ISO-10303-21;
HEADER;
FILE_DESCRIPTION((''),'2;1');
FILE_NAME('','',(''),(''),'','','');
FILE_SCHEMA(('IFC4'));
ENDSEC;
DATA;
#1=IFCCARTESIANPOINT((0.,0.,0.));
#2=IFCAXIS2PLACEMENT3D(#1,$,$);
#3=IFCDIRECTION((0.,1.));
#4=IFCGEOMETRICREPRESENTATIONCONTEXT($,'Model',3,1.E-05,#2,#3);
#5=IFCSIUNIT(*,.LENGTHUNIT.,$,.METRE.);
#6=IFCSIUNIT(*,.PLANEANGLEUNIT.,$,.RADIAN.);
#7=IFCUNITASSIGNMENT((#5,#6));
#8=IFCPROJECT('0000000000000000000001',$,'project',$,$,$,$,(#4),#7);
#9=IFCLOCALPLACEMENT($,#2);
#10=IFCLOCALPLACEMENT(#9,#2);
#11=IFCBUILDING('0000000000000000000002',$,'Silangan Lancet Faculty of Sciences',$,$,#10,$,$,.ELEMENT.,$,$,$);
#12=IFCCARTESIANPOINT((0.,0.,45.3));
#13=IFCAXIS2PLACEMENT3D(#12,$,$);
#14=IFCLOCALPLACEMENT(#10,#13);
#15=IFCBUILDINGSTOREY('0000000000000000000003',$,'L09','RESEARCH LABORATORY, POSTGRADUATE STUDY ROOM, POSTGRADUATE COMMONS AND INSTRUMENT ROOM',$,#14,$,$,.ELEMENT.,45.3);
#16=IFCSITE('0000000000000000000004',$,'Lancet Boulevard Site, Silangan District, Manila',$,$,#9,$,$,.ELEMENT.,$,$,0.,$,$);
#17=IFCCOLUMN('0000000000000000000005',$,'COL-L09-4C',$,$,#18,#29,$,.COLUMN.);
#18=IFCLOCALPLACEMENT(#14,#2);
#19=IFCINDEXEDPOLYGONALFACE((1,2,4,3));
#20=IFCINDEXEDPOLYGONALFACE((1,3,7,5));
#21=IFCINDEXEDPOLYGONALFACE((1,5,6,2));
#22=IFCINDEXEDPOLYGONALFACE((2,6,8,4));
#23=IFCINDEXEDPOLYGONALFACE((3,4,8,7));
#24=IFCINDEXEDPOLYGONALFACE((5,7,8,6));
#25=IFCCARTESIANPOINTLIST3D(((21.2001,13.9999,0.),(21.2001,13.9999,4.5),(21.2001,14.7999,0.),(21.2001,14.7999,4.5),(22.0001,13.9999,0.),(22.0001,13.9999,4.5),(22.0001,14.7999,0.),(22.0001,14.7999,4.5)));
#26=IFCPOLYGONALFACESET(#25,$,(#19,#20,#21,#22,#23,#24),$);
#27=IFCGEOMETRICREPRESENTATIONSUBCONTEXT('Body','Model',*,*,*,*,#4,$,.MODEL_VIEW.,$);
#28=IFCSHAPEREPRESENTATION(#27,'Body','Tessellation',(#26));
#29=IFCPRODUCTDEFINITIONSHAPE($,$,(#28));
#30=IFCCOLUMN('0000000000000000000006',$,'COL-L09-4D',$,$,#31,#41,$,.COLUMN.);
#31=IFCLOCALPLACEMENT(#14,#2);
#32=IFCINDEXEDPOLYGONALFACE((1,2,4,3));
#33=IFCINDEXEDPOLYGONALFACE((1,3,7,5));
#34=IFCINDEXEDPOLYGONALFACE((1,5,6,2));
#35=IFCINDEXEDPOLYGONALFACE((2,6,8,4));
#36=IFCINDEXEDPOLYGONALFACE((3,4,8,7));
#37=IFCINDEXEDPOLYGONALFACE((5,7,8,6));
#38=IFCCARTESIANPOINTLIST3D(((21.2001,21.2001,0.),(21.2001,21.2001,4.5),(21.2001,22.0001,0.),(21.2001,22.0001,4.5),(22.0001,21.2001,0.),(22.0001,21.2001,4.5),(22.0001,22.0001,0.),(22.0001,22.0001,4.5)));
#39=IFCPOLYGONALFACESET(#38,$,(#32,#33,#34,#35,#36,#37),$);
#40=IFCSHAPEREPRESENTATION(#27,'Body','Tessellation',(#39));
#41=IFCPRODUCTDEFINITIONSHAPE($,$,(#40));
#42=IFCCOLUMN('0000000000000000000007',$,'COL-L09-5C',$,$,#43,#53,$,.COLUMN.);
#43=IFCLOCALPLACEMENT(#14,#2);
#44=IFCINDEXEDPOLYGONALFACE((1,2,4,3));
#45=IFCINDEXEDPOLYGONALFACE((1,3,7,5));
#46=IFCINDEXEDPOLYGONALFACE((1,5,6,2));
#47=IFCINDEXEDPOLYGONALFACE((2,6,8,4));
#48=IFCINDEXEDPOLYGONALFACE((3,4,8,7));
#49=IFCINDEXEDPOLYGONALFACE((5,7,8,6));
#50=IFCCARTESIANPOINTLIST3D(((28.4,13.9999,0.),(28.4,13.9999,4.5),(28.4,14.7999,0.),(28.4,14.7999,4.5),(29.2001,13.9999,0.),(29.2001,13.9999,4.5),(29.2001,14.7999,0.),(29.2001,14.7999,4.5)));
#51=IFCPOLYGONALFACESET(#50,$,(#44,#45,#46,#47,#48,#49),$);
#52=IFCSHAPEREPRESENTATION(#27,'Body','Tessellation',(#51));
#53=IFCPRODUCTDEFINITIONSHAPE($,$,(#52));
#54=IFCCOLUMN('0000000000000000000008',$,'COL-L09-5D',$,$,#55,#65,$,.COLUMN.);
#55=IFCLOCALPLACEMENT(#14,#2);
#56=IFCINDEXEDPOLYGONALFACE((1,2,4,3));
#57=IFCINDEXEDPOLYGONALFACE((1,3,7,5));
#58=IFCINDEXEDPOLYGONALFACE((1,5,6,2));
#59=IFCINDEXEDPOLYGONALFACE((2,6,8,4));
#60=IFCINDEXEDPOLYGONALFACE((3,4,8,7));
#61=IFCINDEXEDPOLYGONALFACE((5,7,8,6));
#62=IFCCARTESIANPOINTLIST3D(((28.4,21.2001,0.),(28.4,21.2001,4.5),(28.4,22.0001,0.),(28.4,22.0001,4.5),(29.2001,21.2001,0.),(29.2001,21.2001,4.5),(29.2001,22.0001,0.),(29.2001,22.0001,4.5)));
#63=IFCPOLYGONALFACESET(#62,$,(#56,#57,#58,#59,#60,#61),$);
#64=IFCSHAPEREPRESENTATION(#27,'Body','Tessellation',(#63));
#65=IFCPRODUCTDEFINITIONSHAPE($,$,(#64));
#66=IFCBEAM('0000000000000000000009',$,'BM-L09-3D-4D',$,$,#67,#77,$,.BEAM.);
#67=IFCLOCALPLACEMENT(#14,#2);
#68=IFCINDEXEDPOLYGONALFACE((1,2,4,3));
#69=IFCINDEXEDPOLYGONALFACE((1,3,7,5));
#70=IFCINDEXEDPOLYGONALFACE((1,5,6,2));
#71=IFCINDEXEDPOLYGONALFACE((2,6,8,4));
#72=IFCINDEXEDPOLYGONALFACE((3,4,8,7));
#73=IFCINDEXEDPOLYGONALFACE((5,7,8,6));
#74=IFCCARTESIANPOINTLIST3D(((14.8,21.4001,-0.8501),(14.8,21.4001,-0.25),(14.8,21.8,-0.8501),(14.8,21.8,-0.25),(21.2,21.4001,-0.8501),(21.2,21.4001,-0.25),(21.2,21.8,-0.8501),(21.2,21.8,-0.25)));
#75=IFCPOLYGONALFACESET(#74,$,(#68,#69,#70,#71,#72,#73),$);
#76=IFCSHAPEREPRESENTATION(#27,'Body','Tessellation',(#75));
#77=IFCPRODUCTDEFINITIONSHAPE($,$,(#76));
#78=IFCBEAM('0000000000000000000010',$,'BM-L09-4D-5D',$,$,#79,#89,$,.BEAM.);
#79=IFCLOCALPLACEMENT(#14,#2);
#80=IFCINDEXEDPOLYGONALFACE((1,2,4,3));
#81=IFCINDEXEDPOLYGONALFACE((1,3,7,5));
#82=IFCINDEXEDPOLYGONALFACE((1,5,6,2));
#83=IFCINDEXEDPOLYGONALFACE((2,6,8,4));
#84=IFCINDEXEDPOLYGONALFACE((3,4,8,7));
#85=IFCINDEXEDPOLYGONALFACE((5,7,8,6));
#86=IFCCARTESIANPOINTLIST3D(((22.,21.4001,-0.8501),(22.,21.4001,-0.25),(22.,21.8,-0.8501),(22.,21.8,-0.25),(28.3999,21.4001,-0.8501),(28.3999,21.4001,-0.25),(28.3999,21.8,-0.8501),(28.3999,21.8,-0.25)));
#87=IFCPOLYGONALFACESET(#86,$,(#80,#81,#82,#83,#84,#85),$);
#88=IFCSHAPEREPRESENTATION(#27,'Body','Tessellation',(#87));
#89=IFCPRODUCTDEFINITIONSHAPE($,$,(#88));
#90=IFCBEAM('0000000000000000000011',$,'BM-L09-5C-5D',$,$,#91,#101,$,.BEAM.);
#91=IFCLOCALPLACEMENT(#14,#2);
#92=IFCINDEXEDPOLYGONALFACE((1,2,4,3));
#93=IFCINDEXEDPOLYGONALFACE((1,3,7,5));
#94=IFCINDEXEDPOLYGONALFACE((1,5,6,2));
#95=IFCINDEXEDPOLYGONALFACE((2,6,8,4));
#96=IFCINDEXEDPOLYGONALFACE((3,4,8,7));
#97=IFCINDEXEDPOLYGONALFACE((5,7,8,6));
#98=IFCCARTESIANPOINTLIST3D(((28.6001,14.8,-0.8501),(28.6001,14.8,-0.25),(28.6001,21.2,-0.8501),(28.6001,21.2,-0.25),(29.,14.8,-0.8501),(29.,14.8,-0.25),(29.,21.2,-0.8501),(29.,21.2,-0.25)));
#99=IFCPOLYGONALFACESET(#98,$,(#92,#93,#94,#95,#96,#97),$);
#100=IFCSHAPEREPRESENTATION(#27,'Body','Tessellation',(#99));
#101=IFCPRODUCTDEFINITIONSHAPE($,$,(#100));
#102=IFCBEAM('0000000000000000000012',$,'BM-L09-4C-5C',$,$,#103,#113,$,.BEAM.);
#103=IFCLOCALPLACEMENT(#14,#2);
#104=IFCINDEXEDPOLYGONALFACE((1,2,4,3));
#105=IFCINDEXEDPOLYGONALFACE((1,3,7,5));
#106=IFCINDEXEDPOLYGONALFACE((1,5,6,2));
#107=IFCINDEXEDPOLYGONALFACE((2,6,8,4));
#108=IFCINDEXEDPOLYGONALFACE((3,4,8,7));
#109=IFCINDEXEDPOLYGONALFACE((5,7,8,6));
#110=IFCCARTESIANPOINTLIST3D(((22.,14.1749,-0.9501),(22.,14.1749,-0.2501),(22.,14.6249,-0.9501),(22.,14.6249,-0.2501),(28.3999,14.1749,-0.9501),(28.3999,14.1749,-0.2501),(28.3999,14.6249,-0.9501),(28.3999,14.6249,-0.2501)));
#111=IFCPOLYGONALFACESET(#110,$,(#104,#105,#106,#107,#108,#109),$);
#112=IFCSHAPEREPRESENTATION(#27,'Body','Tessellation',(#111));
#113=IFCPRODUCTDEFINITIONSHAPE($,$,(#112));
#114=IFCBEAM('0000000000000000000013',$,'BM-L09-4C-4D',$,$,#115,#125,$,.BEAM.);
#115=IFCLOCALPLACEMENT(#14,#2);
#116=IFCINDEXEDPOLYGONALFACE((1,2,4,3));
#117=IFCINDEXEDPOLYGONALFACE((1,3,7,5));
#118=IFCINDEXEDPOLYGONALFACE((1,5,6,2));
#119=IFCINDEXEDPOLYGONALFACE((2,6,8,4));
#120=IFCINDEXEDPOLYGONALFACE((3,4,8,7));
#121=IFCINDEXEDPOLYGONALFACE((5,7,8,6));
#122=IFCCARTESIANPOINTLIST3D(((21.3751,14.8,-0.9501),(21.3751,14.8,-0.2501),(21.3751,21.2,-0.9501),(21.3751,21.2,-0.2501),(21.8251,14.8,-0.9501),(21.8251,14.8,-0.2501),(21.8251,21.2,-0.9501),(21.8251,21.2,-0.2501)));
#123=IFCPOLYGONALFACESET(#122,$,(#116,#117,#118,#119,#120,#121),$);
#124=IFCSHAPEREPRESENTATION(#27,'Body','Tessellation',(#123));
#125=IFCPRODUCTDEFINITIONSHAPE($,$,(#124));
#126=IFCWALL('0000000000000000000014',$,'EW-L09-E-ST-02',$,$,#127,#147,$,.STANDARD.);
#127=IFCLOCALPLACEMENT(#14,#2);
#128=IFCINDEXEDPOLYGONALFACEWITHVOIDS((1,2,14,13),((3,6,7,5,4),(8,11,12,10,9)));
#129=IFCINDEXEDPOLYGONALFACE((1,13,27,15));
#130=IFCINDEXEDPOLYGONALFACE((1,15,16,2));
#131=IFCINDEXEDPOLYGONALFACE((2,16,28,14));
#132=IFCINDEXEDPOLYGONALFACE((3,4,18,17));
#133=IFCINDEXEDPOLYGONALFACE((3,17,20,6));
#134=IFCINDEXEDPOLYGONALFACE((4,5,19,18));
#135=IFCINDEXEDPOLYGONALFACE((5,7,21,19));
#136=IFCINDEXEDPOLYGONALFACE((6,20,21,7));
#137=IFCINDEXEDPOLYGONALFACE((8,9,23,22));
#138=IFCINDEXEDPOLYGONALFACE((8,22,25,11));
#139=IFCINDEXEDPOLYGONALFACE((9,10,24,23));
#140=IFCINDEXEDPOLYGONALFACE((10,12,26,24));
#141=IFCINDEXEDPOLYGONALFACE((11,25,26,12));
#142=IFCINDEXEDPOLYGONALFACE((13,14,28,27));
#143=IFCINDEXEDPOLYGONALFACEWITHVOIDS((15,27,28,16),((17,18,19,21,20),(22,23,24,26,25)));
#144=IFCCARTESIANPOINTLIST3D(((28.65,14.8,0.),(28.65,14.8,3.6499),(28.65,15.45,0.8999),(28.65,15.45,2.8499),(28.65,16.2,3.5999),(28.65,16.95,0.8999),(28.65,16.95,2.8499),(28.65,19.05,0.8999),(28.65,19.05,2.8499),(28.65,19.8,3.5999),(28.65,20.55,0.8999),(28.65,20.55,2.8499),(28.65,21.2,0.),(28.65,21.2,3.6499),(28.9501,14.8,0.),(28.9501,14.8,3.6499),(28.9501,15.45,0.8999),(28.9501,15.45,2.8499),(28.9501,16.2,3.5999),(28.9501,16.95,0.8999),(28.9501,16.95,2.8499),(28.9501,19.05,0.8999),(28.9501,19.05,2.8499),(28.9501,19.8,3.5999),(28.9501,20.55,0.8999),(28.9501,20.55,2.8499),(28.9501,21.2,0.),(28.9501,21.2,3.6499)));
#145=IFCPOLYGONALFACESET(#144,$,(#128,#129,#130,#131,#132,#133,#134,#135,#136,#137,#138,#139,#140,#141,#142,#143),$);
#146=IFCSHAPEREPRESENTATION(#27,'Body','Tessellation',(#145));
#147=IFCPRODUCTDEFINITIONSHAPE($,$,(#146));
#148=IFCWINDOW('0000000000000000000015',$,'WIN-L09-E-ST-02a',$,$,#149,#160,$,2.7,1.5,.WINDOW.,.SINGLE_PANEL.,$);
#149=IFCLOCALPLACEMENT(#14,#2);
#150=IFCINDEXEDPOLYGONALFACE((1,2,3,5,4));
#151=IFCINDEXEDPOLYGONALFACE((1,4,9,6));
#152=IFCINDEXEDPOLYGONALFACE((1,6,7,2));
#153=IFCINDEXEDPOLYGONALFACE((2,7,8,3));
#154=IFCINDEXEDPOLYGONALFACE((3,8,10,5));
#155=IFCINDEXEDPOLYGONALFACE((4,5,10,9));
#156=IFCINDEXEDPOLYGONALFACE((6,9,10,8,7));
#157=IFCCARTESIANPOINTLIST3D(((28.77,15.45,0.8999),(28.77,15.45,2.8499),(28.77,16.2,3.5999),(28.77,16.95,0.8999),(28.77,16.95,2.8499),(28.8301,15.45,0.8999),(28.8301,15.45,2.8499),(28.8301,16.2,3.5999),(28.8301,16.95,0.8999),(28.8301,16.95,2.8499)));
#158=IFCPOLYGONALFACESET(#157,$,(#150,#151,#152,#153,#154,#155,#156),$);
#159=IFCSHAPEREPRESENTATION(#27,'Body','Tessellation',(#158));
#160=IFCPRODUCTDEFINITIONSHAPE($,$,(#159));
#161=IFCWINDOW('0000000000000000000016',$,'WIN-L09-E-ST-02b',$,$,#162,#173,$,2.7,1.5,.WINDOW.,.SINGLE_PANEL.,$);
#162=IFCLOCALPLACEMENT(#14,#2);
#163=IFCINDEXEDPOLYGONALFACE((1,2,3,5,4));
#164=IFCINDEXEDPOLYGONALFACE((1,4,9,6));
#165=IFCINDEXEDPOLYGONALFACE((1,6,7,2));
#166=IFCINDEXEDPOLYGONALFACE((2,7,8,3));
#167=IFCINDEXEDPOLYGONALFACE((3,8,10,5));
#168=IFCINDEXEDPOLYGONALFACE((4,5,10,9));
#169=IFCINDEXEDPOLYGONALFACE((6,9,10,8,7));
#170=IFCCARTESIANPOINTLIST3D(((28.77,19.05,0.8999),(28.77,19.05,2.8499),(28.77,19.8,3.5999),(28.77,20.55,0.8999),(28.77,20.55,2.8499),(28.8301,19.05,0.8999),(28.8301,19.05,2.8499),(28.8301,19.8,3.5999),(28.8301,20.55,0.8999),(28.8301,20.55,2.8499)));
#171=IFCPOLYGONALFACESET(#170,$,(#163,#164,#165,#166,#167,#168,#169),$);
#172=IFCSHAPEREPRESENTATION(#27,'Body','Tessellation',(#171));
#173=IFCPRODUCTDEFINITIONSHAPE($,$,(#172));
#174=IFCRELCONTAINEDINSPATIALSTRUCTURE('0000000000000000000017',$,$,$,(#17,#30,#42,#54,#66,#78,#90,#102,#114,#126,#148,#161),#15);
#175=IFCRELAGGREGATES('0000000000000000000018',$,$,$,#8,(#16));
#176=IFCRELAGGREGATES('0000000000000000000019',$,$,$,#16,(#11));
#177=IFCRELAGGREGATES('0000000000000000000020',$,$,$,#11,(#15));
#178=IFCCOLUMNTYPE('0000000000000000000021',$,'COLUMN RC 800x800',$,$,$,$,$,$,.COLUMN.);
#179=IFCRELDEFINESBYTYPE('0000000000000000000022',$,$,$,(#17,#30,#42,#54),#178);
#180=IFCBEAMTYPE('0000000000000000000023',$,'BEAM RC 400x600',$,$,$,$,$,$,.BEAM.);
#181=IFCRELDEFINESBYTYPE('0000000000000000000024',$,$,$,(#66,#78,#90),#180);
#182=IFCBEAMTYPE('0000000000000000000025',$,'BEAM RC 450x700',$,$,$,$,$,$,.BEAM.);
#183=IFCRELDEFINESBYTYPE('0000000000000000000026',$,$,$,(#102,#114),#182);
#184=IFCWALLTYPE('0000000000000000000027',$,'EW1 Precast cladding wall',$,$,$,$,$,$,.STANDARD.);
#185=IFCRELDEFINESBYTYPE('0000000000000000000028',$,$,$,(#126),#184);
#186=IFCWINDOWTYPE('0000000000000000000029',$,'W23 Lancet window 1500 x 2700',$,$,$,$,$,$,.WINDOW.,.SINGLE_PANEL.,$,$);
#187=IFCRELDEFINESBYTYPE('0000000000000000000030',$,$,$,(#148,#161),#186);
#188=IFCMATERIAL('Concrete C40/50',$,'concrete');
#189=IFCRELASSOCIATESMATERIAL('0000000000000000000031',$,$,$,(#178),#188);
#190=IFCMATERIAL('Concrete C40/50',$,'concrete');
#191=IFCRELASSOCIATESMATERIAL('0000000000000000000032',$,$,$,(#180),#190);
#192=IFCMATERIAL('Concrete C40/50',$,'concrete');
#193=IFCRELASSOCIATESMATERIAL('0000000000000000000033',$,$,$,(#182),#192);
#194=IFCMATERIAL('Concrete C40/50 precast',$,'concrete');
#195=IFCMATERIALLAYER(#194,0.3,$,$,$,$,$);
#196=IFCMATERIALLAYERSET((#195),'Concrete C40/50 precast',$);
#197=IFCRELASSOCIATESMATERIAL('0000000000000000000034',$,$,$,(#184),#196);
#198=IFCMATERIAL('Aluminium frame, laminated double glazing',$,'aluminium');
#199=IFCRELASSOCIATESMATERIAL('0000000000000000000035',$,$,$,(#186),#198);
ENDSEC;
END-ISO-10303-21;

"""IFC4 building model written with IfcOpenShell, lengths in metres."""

from ifc_helpers import new_model, si_unit, direction, frame, frame_2d, origin, origin_2d, place, context, subcontext, project, spatial, polyline, rectangle, outline, extrude, material, layer, layer_set, material_profile, profile_set, type_object, element, fill, save


model = new_model("IFC4")

# Units and contexts
model_context = context("Model", 3, precision=1e-05, world=origin(), true_north=direction((0.0, 1.0)))
body_context = subcontext(model_context, "Body", "Model", "MODEL_VIEW")
ifc_project = project(units=[si_unit("LENGTHUNIT", "METRE"), si_unit("PLANEANGLEUNIT", "RADIAN")], contexts=[model_context])

# Site, building, storey
site_placement = place(None, origin())
site = spatial("IfcSite", under=ifc_project, at=site_placement, Name="Lancet Boulevard Site, Silangan District, Manila", CompositionType="ELEMENT", RefElevation=0.0)
building_placement = place(site_placement, origin())
building = spatial("IfcBuilding", under=site, at=building_placement, Name="Silangan Lancet Faculty of Sciences", CompositionType="ELEMENT")
storey_placement = place(building_placement, frame((0.0, 0.0, 45.3)))
storey = spatial("IfcBuildingStorey", under=building, at=storey_placement, Name="L09", Description="RESEARCH LABORATORY, POSTGRADUATE STUDY ROOM, POSTGRADUATE COMMONS AND INSTRUMENT ROOM", CompositionType="ELEMENT", Elevation=45.3)

# Columns
ifc_material_1 = material(Name="Concrete C40/50", Category="concrete")
ifc_material_profile_1 = material_profile(ifc_material_1, rectangle(XDim=0.8, YDim=0.8, at=origin_2d()), Name="RC 800x800")
ifc_profile_set_1 = profile_set([ifc_material_profile_1], Name="Concrete C40/50")
column_type = type_object("IfcColumnType", Name="COLUMN RC 800x800", PredefinedType="COLUMN", material=ifc_profile_set_1)
for number, where, z_axis, x_axis, name in (
    (1, (21.6001, 14.3999, 0.0), (0.0, 0.0, 1.0), (1.0, 0.0, 0.0), "COL-L09-4C"),
    (2, (21.6001, 21.6001, 0.0), (0.0, 0.0, 1.0), (1.0, 0.0, 0.0), "COL-L09-4D"),
    (3, (28.8, 14.3999, 0.0), (0.0, 0.0, 1.0), (1.0, 0.0, 0.0), "COL-L09-5C"),
    (4, (28.8, 21.6001, 0.0), (0.0, 0.0, 1.0), (1.0, 0.0, 0.0), "COL-L09-5D"),
):
    element("IfcColumn", number, at=place(storey_placement, frame(where, z_axis=z_axis, x_axis=x_axis)), inside=storey, type_object=column_type, Name=name, PredefinedType="COLUMN", context=body_context, shape_type="SweptSolid", body=[
        extrude(rectangle(XDim=0.8, YDim=0.8, at=origin_2d()), origin(), (0.0, 0.0, 1.0), 4.5),
    ])

# Beams
ifc_material_2 = material(Name="Concrete C40/50", Category="concrete")
ifc_material_profile_2 = material_profile(ifc_material_2, rectangle(XDim=0.3999, YDim=0.6001, at=origin_2d()), Name="RC 400x600")
ifc_profile_set_2 = profile_set([ifc_material_profile_2], Name="Concrete C40/50")
beam_type_1 = type_object("IfcBeamType", Name="BEAM RC 400x600", PredefinedType="BEAM", material=ifc_profile_set_2)
for number, where, z_axis, x_axis, name in (
    (5, (14.8, 21.6001, -0.55), (1.0, 0.0, 0.0), (0.0, 1.0, 0.0), "BM-L09-3D-4D"),
    (6, (22.0, 21.6001, -0.55), (1.0, 0.0, 0.0), (0.0, 1.0, 0.0), "BM-L09-4D-5D"),
    (7, (28.8, 14.8, -0.55), (0.0, 1.0, 0.0), (-1.0, 0.0, 0.0), "BM-L09-5C-5D"),
):
    element("IfcBeam", number, at=place(storey_placement, frame(where, z_axis=z_axis, x_axis=x_axis)), inside=storey, type_object=beam_type_1, Name=name, PredefinedType="BEAM", context=body_context, shape_type="SweptSolid", body=[
        extrude(rectangle(XDim=0.3999, YDim=0.6001, at=origin_2d()), origin(), (0.0, 0.0, 1.0), 6.3999),
    ])
ifc_material_3 = material(Name="Concrete C40/50", Category="concrete")
ifc_material_profile_3 = material_profile(ifc_material_3, rectangle(XDim=0.45, YDim=0.7, at=origin_2d()), Name="RC 450x700")
ifc_profile_set_3 = profile_set([ifc_material_profile_3], Name="Concrete C40/50")
beam_type_2 = type_object("IfcBeamType", Name="BEAM RC 450x700", PredefinedType="BEAM", material=ifc_profile_set_3)
for number, where, z_axis, x_axis, name in (
    (8, (22.0, 14.3999, -0.6001), (1.0, 0.0, 0.0), (0.0, 1.0, 0.0), "BM-L09-4C-5C"),
    (9, (21.6001, 14.8, -0.6001), (0.0, 1.0, 0.0), (-1.0, 0.0, 0.0), "BM-L09-4C-4D"),
):
    element("IfcBeam", number, at=place(storey_placement, frame(where, z_axis=z_axis, x_axis=x_axis)), inside=storey, type_object=beam_type_2, Name=name, PredefinedType="BEAM", context=body_context, shape_type="SweptSolid", body=[
        extrude(rectangle(XDim=0.45, YDim=0.7, at=origin_2d()), origin(), (0.0, 0.0, 1.0), 6.3999),
    ])

# Wall, openings, windows
ifc_material_4 = material(Name="Concrete C40/50 precast", Category="concrete")
ifc_layer_1 = layer(ifc_material_4, 0.3)
ifc_layer_set_1 = layer_set([ifc_layer_1], Name="Concrete C40/50 precast")
wall_type_1 = type_object("IfcWallType", Name="EW1 Precast cladding wall", PredefinedType="STANDARD", material=ifc_layer_set_1)
wall_1_placement = place(storey_placement, frame((28.8, 14.8, 0.0), z_axis=(0.0, 0.0, 1.0), x_axis=(0.0, 1.0, 0.0)))
wall_1 = element("IfcWall", 10, at=wall_1_placement, inside=storey, type_object=wall_type_1, Name="EW-L09-E-ST-02", PredefinedType="STANDARD", context=body_context, shape_type="SweptSolid", body=[
    extrude(rectangle(XDim=6.3999, YDim=0.3, at=frame_2d((3.2, 0.0))), origin(), (0.0, 0.0, 1.0), 3.6499),
])
opening_1_placement = place(wall_1_placement, frame((0.6499, 0.0, 0.8999)))
opening_1 = element("IfcOpeningElement", 11, at=opening_1_placement, cuts=wall_1, PredefinedType="OPENING", context=body_context, shape_type="SweptSolid", body=[
    extrude(outline(polyline([(0.0, 0.0), (1.5, 0.0), (1.5, 1.95), (0.75, 2.7), (0.0, 1.95), (0.0, 0.0)])), frame((0.0, 0.1599, 0.0), z_axis=(0.0, -1.0, 0.0), x_axis=(1.0, 0.0, 0.0)), (0.0, 0.0, 1.0), 0.3201),
])
opening_2_placement = place(wall_1_placement, frame((4.25, 0.0, 0.8999)))
opening_2 = element("IfcOpeningElement", 12, at=opening_2_placement, cuts=wall_1, PredefinedType="OPENING", context=body_context, shape_type="SweptSolid", body=[
    extrude(outline(polyline([(0.0, 0.0), (1.5, 0.0), (1.5, 1.95), (0.75, 2.7), (0.0, 1.95), (0.0, 0.0)])), frame((0.0, 0.1599, 0.0), z_axis=(0.0, -1.0, 0.0), x_axis=(1.0, 0.0, 0.0)), (0.0, 0.0, 1.0), 0.3201),
])
ifc_material_5 = material(Name="Aluminium frame, laminated double glazing", Category="aluminium")
window_type = type_object("IfcWindowType", Name="W23 Lancet window 1500 x 2700", PartitioningType="SINGLE_PANEL", PredefinedType="WINDOW", material=ifc_material_5)
window_1_placement = place(opening_1_placement, origin())
window_1 = element("IfcWindow", 13, at=window_1_placement, inside=storey, type_object=window_type, Name="WIN-L09-E-ST-02a", OverallHeight=2.7, OverallWidth=1.5, PartitioningType="SINGLE_PANEL", PredefinedType="WINDOW", context=body_context, shape_type="SweptSolid", body=[
    extrude(outline(polyline([(0.0, 0.0), (1.5, 0.0), (1.5, 1.95), (0.75, 2.7), (0.0, 1.95), (0.0, 0.0)])), frame((0.0, 0.03, 0.0), z_axis=(0.0, -1.0, 0.0), x_axis=(1.0, 0.0, 0.0)), (0.0, 0.0, 1.0), 0.0601),
])
fill(opening_1, window_1)
window_2_placement = place(opening_2_placement, origin())
window_2 = element("IfcWindow", 14, at=window_2_placement, inside=storey, type_object=window_type, Name="WIN-L09-E-ST-02b", OverallHeight=2.7, OverallWidth=1.5, PartitioningType="SINGLE_PANEL", PredefinedType="WINDOW", context=body_context, shape_type="SweptSolid", body=[
    extrude(outline(polyline([(0.0, 0.0), (1.5, 0.0), (1.5, 1.95), (0.75, 2.7), (0.0, 1.95), (0.0, 0.0)])), frame((0.0, 0.03, 0.0), z_axis=(0.0, -1.0, 0.0), x_axis=(1.0, 0.0, 0.0)), (0.0, 0.0, 1.0), 0.0601),
])
fill(opening_2, window_2)

save(model, "model.ifc")
